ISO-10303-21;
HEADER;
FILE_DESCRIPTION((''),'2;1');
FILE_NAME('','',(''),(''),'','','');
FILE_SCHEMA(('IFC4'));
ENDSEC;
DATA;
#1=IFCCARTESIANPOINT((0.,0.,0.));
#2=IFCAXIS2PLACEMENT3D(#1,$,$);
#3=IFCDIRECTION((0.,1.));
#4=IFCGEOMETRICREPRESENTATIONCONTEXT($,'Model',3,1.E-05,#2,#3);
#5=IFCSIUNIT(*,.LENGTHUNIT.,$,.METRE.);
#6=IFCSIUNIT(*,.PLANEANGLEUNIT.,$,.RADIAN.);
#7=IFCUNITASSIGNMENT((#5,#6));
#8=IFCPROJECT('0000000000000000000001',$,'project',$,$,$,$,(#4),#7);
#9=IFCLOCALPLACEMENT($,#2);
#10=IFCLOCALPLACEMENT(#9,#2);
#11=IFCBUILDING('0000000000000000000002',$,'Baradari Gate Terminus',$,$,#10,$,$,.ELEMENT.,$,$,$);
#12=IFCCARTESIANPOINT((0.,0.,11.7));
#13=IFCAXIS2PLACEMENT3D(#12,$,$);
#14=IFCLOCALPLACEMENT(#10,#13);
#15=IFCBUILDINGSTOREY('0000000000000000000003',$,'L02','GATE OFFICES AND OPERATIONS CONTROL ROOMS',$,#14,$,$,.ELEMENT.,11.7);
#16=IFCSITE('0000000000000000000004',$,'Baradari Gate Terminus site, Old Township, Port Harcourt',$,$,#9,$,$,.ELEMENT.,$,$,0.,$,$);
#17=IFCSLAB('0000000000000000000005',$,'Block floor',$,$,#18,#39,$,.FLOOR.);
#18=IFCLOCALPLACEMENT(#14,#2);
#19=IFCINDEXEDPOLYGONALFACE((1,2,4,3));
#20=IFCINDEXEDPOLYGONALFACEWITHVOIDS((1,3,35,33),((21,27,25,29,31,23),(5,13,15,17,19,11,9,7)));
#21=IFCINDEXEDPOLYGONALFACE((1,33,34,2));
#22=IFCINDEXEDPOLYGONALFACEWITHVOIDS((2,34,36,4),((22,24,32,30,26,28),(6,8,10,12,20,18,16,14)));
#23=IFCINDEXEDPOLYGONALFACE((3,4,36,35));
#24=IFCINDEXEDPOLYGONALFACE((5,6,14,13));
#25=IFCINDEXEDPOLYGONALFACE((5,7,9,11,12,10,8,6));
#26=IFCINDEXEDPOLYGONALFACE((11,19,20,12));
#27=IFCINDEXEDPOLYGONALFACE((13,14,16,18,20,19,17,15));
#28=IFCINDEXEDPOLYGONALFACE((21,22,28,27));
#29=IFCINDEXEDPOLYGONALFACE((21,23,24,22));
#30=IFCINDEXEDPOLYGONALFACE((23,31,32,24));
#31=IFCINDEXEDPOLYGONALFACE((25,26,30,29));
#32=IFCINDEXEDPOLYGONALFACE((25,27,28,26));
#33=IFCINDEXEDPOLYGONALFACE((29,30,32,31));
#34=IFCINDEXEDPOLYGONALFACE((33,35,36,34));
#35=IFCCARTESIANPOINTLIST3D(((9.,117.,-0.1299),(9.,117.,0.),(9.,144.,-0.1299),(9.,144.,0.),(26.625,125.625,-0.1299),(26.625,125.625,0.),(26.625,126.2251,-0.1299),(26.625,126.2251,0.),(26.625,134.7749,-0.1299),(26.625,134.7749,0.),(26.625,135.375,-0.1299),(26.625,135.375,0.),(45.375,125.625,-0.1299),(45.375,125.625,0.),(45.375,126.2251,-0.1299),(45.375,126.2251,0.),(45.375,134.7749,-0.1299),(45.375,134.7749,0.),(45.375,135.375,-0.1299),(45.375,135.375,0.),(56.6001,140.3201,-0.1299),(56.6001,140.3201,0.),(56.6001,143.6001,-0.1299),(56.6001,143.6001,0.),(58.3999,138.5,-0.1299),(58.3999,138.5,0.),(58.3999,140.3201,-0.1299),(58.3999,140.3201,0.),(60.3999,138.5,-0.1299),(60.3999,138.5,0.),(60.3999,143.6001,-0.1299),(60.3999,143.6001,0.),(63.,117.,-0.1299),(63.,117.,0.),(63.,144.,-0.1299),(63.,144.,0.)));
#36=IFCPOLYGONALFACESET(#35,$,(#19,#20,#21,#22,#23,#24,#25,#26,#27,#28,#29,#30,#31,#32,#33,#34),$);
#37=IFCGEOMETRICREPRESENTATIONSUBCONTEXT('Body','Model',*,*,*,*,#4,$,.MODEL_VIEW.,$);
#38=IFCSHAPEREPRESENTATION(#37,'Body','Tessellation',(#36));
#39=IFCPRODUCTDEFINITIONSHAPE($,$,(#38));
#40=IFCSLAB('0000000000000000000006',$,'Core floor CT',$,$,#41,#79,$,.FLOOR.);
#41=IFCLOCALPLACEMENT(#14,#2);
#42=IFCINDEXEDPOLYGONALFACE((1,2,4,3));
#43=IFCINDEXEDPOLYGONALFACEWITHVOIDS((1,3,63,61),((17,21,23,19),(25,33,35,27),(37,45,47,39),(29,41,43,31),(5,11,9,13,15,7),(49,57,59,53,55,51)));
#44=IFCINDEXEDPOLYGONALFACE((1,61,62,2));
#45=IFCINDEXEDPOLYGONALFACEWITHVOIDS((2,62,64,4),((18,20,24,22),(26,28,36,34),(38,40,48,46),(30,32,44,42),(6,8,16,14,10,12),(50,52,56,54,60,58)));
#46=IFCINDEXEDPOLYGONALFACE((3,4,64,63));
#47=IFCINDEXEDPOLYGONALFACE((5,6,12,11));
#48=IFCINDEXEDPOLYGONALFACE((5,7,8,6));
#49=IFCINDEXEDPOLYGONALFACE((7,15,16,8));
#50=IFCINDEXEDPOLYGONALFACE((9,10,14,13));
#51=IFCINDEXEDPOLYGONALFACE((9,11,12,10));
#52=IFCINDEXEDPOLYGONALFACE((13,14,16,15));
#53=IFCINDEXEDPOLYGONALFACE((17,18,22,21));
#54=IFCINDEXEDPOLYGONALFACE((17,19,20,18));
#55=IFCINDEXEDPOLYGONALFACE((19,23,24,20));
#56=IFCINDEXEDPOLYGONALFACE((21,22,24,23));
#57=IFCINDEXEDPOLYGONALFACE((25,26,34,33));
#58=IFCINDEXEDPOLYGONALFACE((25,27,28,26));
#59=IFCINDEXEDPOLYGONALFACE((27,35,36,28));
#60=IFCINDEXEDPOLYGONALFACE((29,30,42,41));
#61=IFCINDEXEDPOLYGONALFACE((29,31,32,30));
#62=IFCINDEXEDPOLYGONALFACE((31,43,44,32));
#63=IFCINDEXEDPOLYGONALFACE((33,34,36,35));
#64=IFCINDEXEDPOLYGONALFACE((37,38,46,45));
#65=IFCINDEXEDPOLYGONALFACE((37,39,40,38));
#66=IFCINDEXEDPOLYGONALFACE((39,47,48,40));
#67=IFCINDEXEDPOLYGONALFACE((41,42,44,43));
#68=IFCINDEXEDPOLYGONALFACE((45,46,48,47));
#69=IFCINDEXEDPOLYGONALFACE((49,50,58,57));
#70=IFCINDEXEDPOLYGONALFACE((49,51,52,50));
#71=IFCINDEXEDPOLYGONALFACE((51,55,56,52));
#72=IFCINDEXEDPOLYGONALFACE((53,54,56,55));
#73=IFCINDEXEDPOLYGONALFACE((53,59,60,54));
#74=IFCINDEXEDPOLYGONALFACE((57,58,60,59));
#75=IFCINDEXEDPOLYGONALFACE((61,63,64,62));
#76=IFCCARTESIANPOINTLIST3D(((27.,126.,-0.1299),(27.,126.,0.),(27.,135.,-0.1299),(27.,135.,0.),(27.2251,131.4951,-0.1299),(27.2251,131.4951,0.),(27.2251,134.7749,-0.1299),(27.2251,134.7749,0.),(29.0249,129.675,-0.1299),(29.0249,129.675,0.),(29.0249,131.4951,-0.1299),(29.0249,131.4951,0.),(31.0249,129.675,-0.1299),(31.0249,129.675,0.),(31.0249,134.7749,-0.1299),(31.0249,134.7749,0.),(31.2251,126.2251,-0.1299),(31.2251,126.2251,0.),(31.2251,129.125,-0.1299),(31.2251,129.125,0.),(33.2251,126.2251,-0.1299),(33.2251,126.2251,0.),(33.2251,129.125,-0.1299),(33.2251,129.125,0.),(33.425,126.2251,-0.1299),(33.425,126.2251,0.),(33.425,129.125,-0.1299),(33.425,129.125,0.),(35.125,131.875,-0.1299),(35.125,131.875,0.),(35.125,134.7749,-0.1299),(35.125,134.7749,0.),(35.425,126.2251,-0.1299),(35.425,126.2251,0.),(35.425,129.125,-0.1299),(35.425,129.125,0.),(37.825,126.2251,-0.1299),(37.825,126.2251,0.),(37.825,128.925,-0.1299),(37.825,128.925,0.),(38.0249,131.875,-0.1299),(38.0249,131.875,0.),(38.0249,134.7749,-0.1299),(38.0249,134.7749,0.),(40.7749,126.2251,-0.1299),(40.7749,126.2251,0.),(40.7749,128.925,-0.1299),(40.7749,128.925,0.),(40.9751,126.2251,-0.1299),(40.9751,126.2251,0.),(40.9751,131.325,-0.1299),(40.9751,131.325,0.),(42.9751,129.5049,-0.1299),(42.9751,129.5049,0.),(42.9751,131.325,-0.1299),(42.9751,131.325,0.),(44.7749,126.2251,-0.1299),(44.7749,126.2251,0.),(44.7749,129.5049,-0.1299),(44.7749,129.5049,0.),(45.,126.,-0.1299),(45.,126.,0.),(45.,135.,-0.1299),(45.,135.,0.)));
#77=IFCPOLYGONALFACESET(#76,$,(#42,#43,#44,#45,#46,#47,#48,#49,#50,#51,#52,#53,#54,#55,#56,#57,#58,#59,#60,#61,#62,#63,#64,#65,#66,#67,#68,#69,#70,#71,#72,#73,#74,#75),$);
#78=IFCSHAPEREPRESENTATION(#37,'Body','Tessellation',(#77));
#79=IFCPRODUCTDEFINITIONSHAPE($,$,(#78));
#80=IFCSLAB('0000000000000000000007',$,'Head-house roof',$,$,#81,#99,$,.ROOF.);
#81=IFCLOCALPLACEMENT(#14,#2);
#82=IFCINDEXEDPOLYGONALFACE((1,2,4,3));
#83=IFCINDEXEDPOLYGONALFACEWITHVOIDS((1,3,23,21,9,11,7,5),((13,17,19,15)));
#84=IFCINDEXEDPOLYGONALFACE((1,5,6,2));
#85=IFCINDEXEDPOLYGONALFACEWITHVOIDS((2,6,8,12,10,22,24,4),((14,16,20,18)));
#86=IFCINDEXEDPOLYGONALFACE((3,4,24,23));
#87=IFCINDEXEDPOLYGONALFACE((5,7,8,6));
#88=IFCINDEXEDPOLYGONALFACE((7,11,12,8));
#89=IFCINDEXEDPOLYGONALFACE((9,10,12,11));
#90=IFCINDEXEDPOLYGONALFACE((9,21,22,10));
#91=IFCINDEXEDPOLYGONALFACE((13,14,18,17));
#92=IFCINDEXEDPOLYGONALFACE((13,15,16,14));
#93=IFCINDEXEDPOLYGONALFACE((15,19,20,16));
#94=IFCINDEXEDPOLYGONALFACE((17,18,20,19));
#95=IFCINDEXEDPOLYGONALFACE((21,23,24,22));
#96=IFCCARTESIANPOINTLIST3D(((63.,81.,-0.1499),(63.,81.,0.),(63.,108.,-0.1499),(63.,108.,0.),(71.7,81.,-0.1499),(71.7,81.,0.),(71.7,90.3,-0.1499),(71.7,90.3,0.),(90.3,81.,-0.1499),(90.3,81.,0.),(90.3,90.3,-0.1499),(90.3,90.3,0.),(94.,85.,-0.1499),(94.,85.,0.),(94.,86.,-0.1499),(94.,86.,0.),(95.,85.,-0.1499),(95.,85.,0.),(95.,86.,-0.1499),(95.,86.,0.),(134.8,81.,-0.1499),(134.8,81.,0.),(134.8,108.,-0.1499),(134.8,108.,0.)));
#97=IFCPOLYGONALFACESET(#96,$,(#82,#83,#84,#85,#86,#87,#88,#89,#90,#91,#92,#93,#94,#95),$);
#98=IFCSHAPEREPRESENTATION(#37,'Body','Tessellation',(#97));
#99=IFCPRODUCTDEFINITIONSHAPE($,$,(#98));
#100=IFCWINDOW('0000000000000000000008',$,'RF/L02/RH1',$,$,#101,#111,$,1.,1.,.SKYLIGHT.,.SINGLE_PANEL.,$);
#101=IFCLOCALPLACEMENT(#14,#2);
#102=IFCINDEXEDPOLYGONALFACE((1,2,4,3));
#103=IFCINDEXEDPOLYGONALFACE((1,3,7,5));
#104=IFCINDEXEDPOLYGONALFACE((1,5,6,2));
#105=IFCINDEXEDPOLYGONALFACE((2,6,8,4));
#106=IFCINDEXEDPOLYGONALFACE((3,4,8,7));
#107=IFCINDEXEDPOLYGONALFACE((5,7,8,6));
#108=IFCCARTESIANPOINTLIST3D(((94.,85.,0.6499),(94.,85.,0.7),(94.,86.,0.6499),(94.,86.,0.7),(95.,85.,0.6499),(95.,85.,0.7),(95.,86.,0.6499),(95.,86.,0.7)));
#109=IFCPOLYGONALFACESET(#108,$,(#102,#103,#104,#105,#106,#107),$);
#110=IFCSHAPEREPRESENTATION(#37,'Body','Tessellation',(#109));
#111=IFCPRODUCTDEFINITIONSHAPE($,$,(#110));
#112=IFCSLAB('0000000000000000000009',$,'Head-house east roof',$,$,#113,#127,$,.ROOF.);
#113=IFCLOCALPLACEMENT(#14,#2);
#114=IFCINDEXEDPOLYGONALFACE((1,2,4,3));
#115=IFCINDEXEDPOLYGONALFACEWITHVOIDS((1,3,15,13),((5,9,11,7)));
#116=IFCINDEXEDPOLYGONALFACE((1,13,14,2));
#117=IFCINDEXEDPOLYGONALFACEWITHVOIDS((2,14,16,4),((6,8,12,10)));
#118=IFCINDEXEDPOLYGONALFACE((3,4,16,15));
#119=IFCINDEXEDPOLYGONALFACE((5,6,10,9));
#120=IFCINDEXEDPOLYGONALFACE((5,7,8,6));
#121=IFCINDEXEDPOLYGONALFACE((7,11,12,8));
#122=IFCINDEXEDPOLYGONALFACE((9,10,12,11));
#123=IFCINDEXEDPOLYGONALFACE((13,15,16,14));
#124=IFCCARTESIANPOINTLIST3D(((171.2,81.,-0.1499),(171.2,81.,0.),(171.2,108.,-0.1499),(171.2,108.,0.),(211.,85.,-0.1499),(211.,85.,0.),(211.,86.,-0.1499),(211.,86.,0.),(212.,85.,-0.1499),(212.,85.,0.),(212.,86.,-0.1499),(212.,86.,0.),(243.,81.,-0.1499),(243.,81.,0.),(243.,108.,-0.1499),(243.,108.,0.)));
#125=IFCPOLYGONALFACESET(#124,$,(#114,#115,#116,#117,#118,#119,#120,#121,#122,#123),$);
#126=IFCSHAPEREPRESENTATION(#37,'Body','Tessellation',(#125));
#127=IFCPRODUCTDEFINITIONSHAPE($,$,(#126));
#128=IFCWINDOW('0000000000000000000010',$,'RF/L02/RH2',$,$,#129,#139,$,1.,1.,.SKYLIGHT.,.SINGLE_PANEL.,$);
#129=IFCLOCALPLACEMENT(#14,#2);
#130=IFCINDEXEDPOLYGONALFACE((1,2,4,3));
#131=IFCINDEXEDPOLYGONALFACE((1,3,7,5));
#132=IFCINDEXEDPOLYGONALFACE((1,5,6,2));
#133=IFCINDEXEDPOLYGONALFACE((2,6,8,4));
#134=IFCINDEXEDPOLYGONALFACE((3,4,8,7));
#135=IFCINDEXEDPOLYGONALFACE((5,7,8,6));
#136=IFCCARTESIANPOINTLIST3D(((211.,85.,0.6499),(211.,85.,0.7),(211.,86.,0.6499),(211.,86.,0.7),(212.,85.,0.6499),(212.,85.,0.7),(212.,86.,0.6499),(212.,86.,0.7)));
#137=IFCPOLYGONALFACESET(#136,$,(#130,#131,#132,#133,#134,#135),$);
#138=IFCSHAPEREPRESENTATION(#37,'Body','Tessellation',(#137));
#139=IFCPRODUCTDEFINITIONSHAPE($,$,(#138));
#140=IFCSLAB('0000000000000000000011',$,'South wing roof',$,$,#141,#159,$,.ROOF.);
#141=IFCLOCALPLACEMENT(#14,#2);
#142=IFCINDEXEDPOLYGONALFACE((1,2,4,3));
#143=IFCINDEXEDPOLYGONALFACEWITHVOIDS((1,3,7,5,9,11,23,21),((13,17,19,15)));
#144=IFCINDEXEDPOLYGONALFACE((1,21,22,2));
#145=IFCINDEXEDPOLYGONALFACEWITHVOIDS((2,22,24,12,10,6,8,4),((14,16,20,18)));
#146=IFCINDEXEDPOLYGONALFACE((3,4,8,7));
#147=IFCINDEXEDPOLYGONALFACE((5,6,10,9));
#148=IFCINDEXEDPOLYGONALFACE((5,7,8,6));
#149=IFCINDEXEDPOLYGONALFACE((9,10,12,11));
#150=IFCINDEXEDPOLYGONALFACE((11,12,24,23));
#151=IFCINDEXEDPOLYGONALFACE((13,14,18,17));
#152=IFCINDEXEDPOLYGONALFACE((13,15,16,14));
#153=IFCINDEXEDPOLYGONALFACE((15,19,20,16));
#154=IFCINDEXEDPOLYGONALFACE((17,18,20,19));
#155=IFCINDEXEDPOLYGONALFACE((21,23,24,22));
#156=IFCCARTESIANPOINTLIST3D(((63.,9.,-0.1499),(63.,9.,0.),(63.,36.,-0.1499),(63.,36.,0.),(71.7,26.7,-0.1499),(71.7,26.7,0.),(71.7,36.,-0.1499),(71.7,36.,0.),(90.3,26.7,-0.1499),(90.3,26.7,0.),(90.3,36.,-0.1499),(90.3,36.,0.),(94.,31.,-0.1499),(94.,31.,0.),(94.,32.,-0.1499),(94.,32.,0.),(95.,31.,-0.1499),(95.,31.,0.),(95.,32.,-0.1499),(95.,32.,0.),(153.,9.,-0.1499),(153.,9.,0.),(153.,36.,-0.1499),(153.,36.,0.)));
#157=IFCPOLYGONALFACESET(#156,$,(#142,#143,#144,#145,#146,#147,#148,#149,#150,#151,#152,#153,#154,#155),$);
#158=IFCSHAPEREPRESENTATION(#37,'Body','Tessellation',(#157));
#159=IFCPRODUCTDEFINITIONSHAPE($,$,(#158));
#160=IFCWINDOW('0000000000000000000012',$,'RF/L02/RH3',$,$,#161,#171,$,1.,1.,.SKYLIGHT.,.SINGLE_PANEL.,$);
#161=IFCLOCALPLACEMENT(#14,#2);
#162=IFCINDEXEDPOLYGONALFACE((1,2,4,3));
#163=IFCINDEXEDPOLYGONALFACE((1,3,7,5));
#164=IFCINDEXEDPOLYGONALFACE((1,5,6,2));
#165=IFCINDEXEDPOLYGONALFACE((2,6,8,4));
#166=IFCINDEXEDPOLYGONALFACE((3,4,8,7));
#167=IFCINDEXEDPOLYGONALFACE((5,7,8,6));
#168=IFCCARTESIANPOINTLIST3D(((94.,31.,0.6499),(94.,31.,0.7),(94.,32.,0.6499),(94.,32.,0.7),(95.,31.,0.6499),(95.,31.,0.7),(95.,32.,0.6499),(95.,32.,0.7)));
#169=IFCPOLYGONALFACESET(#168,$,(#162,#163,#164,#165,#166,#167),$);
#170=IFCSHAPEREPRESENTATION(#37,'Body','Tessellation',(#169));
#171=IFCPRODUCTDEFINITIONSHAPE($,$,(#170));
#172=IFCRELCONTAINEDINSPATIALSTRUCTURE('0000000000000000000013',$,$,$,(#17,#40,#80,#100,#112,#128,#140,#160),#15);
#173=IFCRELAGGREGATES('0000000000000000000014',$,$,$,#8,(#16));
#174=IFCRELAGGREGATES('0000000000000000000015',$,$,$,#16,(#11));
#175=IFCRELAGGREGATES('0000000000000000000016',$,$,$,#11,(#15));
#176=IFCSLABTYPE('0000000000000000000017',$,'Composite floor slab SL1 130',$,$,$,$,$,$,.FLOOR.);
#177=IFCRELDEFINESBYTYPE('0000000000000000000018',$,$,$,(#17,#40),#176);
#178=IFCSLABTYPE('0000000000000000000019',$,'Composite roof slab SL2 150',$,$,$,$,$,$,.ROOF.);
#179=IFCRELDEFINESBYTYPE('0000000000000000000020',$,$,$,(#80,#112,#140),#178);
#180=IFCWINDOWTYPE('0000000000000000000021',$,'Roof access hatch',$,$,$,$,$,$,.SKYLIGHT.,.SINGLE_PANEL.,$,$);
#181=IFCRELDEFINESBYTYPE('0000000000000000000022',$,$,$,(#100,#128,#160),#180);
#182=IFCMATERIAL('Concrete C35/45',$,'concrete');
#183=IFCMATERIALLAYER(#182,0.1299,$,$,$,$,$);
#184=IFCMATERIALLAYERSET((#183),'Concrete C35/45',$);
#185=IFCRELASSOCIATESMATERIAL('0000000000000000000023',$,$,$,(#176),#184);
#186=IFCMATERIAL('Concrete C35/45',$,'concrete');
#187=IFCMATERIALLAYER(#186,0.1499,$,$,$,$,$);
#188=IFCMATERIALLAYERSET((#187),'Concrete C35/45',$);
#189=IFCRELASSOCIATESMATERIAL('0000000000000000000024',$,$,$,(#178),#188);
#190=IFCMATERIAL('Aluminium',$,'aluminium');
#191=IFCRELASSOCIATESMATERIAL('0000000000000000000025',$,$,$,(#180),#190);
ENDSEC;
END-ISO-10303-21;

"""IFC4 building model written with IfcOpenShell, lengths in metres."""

from ifc_helpers import new_model, si_unit, direction, frame, origin, origin_2d, place, context, subcontext, project, spatial, polyline, rectangle, outline, extrude, material, layer, layer_set, type_object, element, fill, save


model = new_model("IFC4")

# Units and contexts
model_context = context("Model", 3, precision=1e-05, world=origin(), true_north=direction((0.0, 1.0)))
body_context = subcontext(model_context, "Body", "Model", "MODEL_VIEW")
ifc_project = project(units=[si_unit("LENGTHUNIT", "METRE"), si_unit("PLANEANGLEUNIT", "RADIAN")], contexts=[model_context])

# Site, building, storey
site_placement = place(None, origin())
site = spatial("IfcSite", under=ifc_project, at=site_placement, Name="Baradari Gate Terminus site, Old Township, Port Harcourt", CompositionType="ELEMENT", RefElevation=0.0)
building_placement = place(site_placement, origin())
building = spatial("IfcBuilding", under=site, at=building_placement, Name="Baradari Gate Terminus", CompositionType="ELEMENT")
storey_placement = place(building_placement, frame((0.0, 0.0, 11.7)))
storey = spatial("IfcBuildingStorey", under=building, at=storey_placement, Name="L02", Description="GATE OFFICES AND OPERATIONS CONTROL ROOMS", CompositionType="ELEMENT", Elevation=11.7)

# Slabs
ifc_material_1 = material(Name="Concrete C35/45", Category="concrete")
ifc_layer_1 = layer(ifc_material_1, 0.1299)
ifc_layer_set_1 = layer_set([ifc_layer_1], Name="Concrete C35/45")
slab_type_1 = type_object("IfcSlabType", Name="Composite floor slab SL1 130", PredefinedType="FLOOR", material=ifc_layer_set_1)
slab_1_placement = place(storey_placement, frame((0.0, 0.0, -0.1299)))
element("IfcSlab", 1, at=slab_1_placement, inside=storey, type_object=slab_type_1, Name="Block floor", PredefinedType="FLOOR", context=body_context, shape_type="SweptSolid", body=[
    extrude(outline(polyline([(63.0, 117.0), (63.0, 144.0), (9.0, 144.0), (9.0, 117.0), (63.0, 117.0)]), holes=[polyline([(56.6001, 143.6001), (56.6001, 140.3201), (58.3999, 140.3201), (58.3999, 138.5), (60.3999, 138.5), (60.3999, 143.6001), (56.6001, 143.6001)]), polyline([(45.375, 134.7749), (45.375, 135.375), (26.625, 135.375), (26.625, 134.7749), (26.625, 126.2251), (26.625, 125.625), (45.375, 125.625), (45.375, 126.2251), (45.375, 134.7749)])]), origin(), (0.0, 0.0, 1.0), 0.1299),
])
slab_2_placement = place(storey_placement, frame((0.0, 0.0, -0.1299)))
element("IfcSlab", 2, at=slab_2_placement, inside=storey, type_object=slab_type_1, Name="Core floor CT", PredefinedType="FLOOR", context=body_context, shape_type="SweptSolid", body=[
    extrude(outline(polyline([(27.0, 135.0), (27.0, 126.0), (45.0, 126.0), (45.0, 135.0), (27.0, 135.0)]), holes=[polyline([(44.7749, 126.2251), (44.7749, 129.5049), (42.9751, 129.5049), (42.9751, 131.325), (40.9751, 131.325), (40.9751, 126.2251), (44.7749, 126.2251)]), polyline([(40.7749, 128.925), (37.825, 128.925), (37.825, 126.2251), (40.7749, 126.2251), (40.7749, 128.925)]), polyline([(38.0249, 131.875), (38.0249, 134.7749), (35.125, 134.7749), (35.125, 131.875), (38.0249, 131.875)]), polyline([(35.425, 129.125), (33.425, 129.125), (33.425, 126.2251), (35.425, 126.2251), (35.425, 129.125)]), polyline([(31.2251, 129.125), (31.2251, 126.2251), (33.2251, 126.2251), (33.2251, 129.125), (31.2251, 129.125)]), polyline([(27.2251, 134.7749), (27.2251, 131.4951), (29.0249, 131.4951), (29.0249, 129.675), (31.0249, 129.675), (31.0249, 134.7749), (27.2251, 134.7749)])]), origin(), (0.0, 0.0, 1.0), 0.1299),
])

# Slabs, openings, windows
ifc_material_2 = material(Name="Concrete C35/45", Category="concrete")
ifc_layer_2 = layer(ifc_material_2, 0.1499)
ifc_layer_set_2 = layer_set([ifc_layer_2], Name="Concrete C35/45")
slab_type_2 = type_object("IfcSlabType", Name="Composite roof slab SL2 150", PredefinedType="ROOF", material=ifc_layer_set_2)
slab_3_placement = place(storey_placement, frame((0.0, 0.0, -0.1499)))
slab_3 = element("IfcSlab", 3, at=slab_3_placement, inside=storey, type_object=slab_type_2, Name="Head-house roof", PredefinedType="ROOF", context=body_context, shape_type="SweptSolid", body=[
    extrude(outline(polyline([(134.8, 81.0), (134.8, 108.0), (63.0, 108.0), (63.0, 81.0), (71.7, 81.0), (71.7, 81.3), (71.7, 89.7), (71.7, 90.3), (90.3, 90.3), (90.3, 89.7), (90.3, 81.3), (90.3, 81.0), (134.8, 81.0)])), origin(), (0.0, 0.0, 1.0), 0.1499),
])
opening_1_placement = place(slab_3_placement, frame((94.5, 85.5, 0.0)))
opening_1 = element("IfcOpeningElement", 4, at=opening_1_placement, cuts=slab_3, PredefinedType="OPENING", context=body_context, shape_type="SweptSolid", body=[
    extrude(rectangle(XDim=1.0, YDim=1.0, at=origin_2d()), frame((0.0, 0.0, -0.01)), (0.0, 0.0, 1.0), 0.8699),
])
ifc_material_3 = material(Name="Aluminium", Category="aluminium")
window_type = type_object("IfcWindowType", Name="Roof access hatch", PartitioningType="SINGLE_PANEL", PredefinedType="SKYLIGHT", material=ifc_material_3)
window_1_placement = place(opening_1_placement, frame((0.0, 0.0, 0.7998)))
window_1 = element("IfcWindow", 5, at=window_1_placement, inside=storey, type_object=window_type, Name="RF/L02/RH1", OverallHeight=1.0, OverallWidth=1.0, PartitioningType="SINGLE_PANEL", PredefinedType="SKYLIGHT", context=body_context, shape_type="SweptSolid", body=[
    extrude(rectangle(XDim=1.0, YDim=1.0, at=origin_2d()), origin(), (0.0, 0.0, 1.0), 0.05),
])
fill(opening_1, window_1)
slab_4_placement = place(storey_placement, frame((0.0, 0.0, -0.1499)))
slab_4 = element("IfcSlab", 6, at=slab_4_placement, inside=storey, type_object=slab_type_2, Name="Head-house east roof", PredefinedType="ROOF", context=body_context, shape_type="SweptSolid", body=[
    extrude(outline(polyline([(171.2, 81.0), (243.0, 81.0), (243.0, 108.0), (171.2, 108.0), (171.2, 81.0)])), origin(), (0.0, 0.0, 1.0), 0.1499),
])
opening_2_placement = place(slab_4_placement, frame((211.5, 85.5, 0.0)))
opening_2 = element("IfcOpeningElement", 7, at=opening_2_placement, cuts=slab_4, PredefinedType="OPENING", context=body_context, shape_type="SweptSolid", body=[
    extrude(rectangle(XDim=1.0, YDim=1.0, at=origin_2d()), frame((0.0, 0.0, -0.01)), (0.0, 0.0, 1.0), 0.8699),
])
window_2_placement = place(opening_2_placement, frame((0.0, 0.0, 0.7998)))
window_2 = element("IfcWindow", 8, at=window_2_placement, inside=storey, type_object=window_type, Name="RF/L02/RH2", OverallHeight=1.0, OverallWidth=1.0, PartitioningType="SINGLE_PANEL", PredefinedType="SKYLIGHT", context=body_context, shape_type="SweptSolid", body=[
    extrude(rectangle(XDim=1.0, YDim=1.0, at=origin_2d()), origin(), (0.0, 0.0, 1.0), 0.05),
])
fill(opening_2, window_2)
slab_5_placement = place(storey_placement, frame((0.0, 0.0, -0.1499)))
slab_5 = element("IfcSlab", 9, at=slab_5_placement, inside=storey, type_object=slab_type_2, Name="South wing roof", PredefinedType="ROOF", context=body_context, shape_type="SweptSolid", body=[
    extrude(outline(polyline([(63.0, 9.0), (153.0, 9.0), (153.0, 36.0), (90.3, 36.0), (90.3, 35.7), (90.3, 27.3), (90.3, 26.7), (71.7, 26.7), (71.7, 27.3), (71.7, 35.7), (71.7, 36.0), (63.0, 36.0), (63.0, 9.0)])), origin(), (0.0, 0.0, 1.0), 0.1499),
])
opening_3_placement = place(slab_5_placement, frame((94.5, 31.5, 0.0)))
opening_3 = element("IfcOpeningElement", 10, at=opening_3_placement, cuts=slab_5, PredefinedType="OPENING", context=body_context, shape_type="SweptSolid", body=[
    extrude(rectangle(XDim=1.0, YDim=1.0, at=origin_2d()), frame((0.0, 0.0, -0.01)), (0.0, 0.0, 1.0), 0.8699),
])
window_3_placement = place(opening_3_placement, frame((0.0, 0.0, 0.7998)))
window_3 = element("IfcWindow", 11, at=window_3_placement, inside=storey, type_object=window_type, Name="RF/L02/RH3", OverallHeight=1.0, OverallWidth=1.0, PartitioningType="SINGLE_PANEL", PredefinedType="SKYLIGHT", context=body_context, shape_type="SweptSolid", body=[
    extrude(rectangle(XDim=1.0, YDim=1.0, at=origin_2d()), origin(), (0.0, 0.0, 1.0), 0.05),
])
fill(opening_3, window_3)

save(model, "model.ifc")
